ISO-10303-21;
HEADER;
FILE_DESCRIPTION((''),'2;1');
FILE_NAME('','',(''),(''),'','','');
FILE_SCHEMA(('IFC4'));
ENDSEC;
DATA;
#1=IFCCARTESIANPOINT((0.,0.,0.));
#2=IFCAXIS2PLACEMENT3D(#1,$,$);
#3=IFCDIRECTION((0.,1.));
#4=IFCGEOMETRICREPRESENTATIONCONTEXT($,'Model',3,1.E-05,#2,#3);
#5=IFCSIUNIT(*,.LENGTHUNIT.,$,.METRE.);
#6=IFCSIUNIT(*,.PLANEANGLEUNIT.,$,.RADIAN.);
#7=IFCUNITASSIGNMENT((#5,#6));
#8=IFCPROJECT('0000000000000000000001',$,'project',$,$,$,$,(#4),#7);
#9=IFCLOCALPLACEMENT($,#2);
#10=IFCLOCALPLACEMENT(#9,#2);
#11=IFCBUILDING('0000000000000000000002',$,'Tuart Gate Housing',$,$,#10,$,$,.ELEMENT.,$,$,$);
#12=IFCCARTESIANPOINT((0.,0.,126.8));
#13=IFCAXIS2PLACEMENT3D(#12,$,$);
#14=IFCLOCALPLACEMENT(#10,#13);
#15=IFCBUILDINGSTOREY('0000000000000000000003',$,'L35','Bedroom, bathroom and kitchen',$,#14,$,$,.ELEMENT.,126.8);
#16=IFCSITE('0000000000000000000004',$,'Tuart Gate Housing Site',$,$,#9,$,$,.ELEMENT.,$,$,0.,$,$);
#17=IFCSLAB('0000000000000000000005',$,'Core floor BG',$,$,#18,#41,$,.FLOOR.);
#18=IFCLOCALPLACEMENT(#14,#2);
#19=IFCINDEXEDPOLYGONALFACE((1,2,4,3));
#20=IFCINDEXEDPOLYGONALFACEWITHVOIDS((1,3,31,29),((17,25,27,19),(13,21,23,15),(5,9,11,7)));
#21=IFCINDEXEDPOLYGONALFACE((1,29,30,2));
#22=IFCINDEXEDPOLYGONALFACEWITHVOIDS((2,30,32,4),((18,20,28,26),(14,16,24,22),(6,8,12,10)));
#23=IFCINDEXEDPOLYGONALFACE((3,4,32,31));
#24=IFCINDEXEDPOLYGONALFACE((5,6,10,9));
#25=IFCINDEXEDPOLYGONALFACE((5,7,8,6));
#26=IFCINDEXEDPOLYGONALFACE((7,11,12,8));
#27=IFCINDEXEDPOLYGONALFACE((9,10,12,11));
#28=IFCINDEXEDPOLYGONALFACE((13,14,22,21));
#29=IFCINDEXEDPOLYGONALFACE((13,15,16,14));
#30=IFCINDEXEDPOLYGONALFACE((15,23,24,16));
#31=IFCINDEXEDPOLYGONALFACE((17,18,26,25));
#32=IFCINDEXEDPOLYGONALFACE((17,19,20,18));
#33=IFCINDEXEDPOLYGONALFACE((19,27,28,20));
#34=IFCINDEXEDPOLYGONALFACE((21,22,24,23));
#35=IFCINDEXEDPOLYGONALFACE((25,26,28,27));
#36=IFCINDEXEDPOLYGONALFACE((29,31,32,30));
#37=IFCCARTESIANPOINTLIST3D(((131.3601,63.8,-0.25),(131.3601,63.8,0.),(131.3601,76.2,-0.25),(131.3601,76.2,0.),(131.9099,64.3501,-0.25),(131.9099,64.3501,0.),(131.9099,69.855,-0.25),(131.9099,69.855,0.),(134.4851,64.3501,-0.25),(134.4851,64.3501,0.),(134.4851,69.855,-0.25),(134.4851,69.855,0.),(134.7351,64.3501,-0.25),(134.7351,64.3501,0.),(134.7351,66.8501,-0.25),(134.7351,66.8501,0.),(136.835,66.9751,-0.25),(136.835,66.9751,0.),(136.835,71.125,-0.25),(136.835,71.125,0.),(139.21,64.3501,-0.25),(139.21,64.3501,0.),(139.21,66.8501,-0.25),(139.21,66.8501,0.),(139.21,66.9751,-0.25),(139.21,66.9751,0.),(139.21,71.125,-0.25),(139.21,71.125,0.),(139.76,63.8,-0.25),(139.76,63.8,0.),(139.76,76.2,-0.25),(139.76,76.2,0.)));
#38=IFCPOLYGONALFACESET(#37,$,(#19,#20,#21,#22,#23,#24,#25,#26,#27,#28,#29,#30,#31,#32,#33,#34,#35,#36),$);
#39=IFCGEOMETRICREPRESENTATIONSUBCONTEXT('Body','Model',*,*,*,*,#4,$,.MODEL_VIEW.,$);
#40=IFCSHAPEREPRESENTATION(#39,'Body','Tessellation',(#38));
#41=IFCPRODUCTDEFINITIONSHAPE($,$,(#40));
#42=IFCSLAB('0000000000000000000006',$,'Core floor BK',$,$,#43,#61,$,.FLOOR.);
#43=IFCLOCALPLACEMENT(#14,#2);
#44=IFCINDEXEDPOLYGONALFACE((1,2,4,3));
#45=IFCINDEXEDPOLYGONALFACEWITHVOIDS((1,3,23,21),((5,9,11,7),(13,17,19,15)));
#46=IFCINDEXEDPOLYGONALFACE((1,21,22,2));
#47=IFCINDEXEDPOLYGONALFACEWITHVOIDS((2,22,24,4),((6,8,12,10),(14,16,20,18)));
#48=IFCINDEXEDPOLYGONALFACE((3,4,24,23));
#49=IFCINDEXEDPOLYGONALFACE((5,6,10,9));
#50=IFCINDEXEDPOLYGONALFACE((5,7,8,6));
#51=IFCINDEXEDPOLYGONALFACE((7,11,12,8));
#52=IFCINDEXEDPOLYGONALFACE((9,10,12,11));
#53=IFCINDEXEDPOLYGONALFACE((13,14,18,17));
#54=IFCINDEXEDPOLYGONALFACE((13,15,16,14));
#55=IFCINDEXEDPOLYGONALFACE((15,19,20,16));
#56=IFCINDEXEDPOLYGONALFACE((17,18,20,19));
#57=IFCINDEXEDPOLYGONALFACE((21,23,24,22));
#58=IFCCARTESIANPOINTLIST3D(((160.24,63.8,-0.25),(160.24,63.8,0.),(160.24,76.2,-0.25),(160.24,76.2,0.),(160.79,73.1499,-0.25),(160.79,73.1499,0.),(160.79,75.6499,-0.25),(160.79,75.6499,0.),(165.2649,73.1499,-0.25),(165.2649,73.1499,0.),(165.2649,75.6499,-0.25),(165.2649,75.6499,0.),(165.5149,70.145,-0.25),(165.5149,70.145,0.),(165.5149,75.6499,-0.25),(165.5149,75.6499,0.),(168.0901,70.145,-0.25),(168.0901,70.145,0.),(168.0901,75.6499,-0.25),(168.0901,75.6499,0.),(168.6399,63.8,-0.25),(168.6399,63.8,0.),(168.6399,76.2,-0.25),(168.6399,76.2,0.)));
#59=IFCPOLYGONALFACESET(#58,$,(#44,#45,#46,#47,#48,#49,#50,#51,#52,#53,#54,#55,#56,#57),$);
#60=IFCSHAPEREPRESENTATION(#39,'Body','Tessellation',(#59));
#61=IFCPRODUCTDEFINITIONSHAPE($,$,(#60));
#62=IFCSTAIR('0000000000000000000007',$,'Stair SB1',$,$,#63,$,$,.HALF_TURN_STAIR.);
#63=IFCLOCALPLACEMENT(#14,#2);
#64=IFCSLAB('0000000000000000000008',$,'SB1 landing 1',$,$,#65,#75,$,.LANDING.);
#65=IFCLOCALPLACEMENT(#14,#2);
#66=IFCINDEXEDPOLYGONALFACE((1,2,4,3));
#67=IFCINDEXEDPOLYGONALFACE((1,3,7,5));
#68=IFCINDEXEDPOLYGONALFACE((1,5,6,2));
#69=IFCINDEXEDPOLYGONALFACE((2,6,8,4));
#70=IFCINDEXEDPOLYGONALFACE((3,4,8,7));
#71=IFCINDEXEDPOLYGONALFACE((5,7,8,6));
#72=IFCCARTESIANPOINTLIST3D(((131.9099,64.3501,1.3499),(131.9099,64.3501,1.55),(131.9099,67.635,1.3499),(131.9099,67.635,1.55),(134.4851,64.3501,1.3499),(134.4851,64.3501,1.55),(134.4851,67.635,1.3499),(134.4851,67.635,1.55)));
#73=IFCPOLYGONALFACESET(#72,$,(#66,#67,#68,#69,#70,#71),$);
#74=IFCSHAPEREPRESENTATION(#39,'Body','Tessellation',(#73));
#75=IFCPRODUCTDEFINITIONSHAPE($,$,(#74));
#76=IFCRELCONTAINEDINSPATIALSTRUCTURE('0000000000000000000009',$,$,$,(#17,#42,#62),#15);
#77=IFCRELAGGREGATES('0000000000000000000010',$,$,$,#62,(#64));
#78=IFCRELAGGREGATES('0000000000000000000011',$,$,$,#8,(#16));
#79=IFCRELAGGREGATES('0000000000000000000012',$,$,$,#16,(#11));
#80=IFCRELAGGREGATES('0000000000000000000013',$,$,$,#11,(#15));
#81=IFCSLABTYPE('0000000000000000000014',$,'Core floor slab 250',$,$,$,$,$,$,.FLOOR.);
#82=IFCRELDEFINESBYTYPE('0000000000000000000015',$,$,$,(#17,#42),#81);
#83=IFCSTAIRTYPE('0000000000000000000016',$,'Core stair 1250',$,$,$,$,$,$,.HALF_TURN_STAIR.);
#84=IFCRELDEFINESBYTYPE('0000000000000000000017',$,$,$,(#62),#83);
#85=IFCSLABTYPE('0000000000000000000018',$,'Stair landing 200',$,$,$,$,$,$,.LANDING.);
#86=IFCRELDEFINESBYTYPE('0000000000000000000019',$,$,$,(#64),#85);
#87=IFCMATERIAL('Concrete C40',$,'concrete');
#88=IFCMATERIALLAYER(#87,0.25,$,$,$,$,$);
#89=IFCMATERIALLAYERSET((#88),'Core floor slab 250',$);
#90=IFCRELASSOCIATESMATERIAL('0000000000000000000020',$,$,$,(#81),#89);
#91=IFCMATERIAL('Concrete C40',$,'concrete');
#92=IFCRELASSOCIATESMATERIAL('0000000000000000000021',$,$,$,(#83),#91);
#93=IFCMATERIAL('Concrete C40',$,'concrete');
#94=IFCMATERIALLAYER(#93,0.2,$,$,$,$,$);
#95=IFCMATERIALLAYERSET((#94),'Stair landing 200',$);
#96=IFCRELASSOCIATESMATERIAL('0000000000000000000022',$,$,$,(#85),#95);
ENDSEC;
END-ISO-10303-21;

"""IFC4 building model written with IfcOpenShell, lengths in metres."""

from ifc_helpers import new_model, si_unit, direction, frame, origin, place, context, subcontext, project, spatial, polyline, outline, extrude, material, layer, layer_set, type_object, element, aggregate, save


model = new_model("IFC4")

# Units and contexts
model_context = context("Model", 3, precision=1e-05, world=origin(), true_north=direction((0.0, 1.0)))
body_context = subcontext(model_context, "Body", "Model", "MODEL_VIEW")
ifc_project = project(units=[si_unit("LENGTHUNIT", "METRE"), si_unit("PLANEANGLEUNIT", "RADIAN")], contexts=[model_context])

# Site, building, storey
site_placement = place(None, origin())
site = spatial("IfcSite", under=ifc_project, at=site_placement, Name="Tuart Gate Housing Site", CompositionType="ELEMENT", RefElevation=0.0)
building_placement = place(site_placement, origin())
building = spatial("IfcBuilding", under=site, at=building_placement, Name="Tuart Gate Housing", CompositionType="ELEMENT")
storey_placement = place(building_placement, frame((0.0, 0.0, 126.8)))
storey = spatial("IfcBuildingStorey", under=building, at=storey_placement, Name="L35", Description="Bedroom, bathroom and kitchen", CompositionType="ELEMENT", Elevation=126.8)

# Slabs
ifc_material_1 = material(Name="Concrete C40", Category="concrete")
ifc_layer_1 = layer(ifc_material_1, 0.25)
ifc_layer_set_1 = layer_set([ifc_layer_1], Name="Core floor slab 250")
slab_type_1 = type_object("IfcSlabType", Name="Core floor slab 250", PredefinedType="FLOOR", material=ifc_layer_set_1)
slab_1_placement = place(storey_placement, frame((0.0, 0.0, -0.25)))
element("IfcSlab", 1, at=slab_1_placement, inside=storey, type_object=slab_type_1, Name="Core floor BG", PredefinedType="FLOOR", context=body_context, shape_type="SweptSolid", body=[
    extrude(outline(polyline([(131.3601, 63.8), (139.76, 63.8), (139.76, 76.2), (131.3601, 76.2), (131.3601, 63.8)]), holes=[polyline([(139.21, 66.8501), (134.7351, 66.8501), (134.7351, 64.3501), (139.21, 64.3501), (139.21, 66.8501)]), polyline([(139.21, 71.125), (136.835, 71.125), (136.835, 66.9751), (139.21, 66.9751), (139.21, 71.125)]), polyline([(134.4851, 69.855), (131.9099, 69.855), (131.9099, 64.3501), (134.4851, 64.3501), (134.4851, 69.855)])]), origin(), (0.0, 0.0, 1.0), 0.25),
])
slab_2_placement = place(storey_placement, frame((0.0, 0.0, -0.25)))
element("IfcSlab", 2, at=slab_2_placement, inside=storey, type_object=slab_type_1, Name="Core floor BK", PredefinedType="FLOOR", context=body_context, shape_type="SweptSolid", body=[
    extrude(outline(polyline([(160.24, 63.8), (168.6399, 63.8), (168.6399, 76.2), (160.24, 76.2), (160.24, 63.8)]), holes=[polyline([(160.79, 73.1499), (165.2649, 73.1499), (165.2649, 75.6499), (160.79, 75.6499), (160.79, 73.1499)]), polyline([(165.5149, 70.145), (168.0901, 70.145), (168.0901, 75.6499), (165.5149, 75.6499), (165.5149, 70.145)])]), origin(), (0.0, 0.0, 1.0), 0.25),
])

# Stair, slab
ifc_material_2 = material(Name="Concrete C40", Category="concrete")
stair_type = type_object("IfcStairType", Name="Core stair 1250", PredefinedType="HALF_TURN_STAIR", material=ifc_material_2)
stair_placement = place(storey_placement, origin())
stair = element("IfcStair", 3, at=stair_placement, inside=storey, type_object=stair_type, Name="Stair SB1", PredefinedType="HALF_TURN_STAIR")
ifc_material_3 = material(Name="Concrete C40", Category="concrete")
ifc_layer_2 = layer(ifc_material_3, 0.2)
ifc_layer_set_2 = layer_set([ifc_layer_2], Name="Stair landing 200")
slab_type_2 = type_object("IfcSlabType", Name="Stair landing 200", PredefinedType="LANDING", material=ifc_layer_set_2)
slab_3_placement = place(storey_placement, frame((0.0, 0.0, 1.3499)))
slab_3 = element("IfcSlab", 4, at=slab_3_placement, type_object=slab_type_2, Name="SB1 landing 1", PredefinedType="LANDING", context=body_context, shape_type="SweptSolid", body=[
    extrude(outline(polyline([(134.4851, 67.635), (131.9099, 67.635), (131.9099, 64.3501), (134.4851, 64.3501), (134.4851, 67.635)])), origin(), (0.0, 0.0, 1.0), 0.2002),
])
aggregate(stair, [slab_3])

save(model, "model.ifc")
